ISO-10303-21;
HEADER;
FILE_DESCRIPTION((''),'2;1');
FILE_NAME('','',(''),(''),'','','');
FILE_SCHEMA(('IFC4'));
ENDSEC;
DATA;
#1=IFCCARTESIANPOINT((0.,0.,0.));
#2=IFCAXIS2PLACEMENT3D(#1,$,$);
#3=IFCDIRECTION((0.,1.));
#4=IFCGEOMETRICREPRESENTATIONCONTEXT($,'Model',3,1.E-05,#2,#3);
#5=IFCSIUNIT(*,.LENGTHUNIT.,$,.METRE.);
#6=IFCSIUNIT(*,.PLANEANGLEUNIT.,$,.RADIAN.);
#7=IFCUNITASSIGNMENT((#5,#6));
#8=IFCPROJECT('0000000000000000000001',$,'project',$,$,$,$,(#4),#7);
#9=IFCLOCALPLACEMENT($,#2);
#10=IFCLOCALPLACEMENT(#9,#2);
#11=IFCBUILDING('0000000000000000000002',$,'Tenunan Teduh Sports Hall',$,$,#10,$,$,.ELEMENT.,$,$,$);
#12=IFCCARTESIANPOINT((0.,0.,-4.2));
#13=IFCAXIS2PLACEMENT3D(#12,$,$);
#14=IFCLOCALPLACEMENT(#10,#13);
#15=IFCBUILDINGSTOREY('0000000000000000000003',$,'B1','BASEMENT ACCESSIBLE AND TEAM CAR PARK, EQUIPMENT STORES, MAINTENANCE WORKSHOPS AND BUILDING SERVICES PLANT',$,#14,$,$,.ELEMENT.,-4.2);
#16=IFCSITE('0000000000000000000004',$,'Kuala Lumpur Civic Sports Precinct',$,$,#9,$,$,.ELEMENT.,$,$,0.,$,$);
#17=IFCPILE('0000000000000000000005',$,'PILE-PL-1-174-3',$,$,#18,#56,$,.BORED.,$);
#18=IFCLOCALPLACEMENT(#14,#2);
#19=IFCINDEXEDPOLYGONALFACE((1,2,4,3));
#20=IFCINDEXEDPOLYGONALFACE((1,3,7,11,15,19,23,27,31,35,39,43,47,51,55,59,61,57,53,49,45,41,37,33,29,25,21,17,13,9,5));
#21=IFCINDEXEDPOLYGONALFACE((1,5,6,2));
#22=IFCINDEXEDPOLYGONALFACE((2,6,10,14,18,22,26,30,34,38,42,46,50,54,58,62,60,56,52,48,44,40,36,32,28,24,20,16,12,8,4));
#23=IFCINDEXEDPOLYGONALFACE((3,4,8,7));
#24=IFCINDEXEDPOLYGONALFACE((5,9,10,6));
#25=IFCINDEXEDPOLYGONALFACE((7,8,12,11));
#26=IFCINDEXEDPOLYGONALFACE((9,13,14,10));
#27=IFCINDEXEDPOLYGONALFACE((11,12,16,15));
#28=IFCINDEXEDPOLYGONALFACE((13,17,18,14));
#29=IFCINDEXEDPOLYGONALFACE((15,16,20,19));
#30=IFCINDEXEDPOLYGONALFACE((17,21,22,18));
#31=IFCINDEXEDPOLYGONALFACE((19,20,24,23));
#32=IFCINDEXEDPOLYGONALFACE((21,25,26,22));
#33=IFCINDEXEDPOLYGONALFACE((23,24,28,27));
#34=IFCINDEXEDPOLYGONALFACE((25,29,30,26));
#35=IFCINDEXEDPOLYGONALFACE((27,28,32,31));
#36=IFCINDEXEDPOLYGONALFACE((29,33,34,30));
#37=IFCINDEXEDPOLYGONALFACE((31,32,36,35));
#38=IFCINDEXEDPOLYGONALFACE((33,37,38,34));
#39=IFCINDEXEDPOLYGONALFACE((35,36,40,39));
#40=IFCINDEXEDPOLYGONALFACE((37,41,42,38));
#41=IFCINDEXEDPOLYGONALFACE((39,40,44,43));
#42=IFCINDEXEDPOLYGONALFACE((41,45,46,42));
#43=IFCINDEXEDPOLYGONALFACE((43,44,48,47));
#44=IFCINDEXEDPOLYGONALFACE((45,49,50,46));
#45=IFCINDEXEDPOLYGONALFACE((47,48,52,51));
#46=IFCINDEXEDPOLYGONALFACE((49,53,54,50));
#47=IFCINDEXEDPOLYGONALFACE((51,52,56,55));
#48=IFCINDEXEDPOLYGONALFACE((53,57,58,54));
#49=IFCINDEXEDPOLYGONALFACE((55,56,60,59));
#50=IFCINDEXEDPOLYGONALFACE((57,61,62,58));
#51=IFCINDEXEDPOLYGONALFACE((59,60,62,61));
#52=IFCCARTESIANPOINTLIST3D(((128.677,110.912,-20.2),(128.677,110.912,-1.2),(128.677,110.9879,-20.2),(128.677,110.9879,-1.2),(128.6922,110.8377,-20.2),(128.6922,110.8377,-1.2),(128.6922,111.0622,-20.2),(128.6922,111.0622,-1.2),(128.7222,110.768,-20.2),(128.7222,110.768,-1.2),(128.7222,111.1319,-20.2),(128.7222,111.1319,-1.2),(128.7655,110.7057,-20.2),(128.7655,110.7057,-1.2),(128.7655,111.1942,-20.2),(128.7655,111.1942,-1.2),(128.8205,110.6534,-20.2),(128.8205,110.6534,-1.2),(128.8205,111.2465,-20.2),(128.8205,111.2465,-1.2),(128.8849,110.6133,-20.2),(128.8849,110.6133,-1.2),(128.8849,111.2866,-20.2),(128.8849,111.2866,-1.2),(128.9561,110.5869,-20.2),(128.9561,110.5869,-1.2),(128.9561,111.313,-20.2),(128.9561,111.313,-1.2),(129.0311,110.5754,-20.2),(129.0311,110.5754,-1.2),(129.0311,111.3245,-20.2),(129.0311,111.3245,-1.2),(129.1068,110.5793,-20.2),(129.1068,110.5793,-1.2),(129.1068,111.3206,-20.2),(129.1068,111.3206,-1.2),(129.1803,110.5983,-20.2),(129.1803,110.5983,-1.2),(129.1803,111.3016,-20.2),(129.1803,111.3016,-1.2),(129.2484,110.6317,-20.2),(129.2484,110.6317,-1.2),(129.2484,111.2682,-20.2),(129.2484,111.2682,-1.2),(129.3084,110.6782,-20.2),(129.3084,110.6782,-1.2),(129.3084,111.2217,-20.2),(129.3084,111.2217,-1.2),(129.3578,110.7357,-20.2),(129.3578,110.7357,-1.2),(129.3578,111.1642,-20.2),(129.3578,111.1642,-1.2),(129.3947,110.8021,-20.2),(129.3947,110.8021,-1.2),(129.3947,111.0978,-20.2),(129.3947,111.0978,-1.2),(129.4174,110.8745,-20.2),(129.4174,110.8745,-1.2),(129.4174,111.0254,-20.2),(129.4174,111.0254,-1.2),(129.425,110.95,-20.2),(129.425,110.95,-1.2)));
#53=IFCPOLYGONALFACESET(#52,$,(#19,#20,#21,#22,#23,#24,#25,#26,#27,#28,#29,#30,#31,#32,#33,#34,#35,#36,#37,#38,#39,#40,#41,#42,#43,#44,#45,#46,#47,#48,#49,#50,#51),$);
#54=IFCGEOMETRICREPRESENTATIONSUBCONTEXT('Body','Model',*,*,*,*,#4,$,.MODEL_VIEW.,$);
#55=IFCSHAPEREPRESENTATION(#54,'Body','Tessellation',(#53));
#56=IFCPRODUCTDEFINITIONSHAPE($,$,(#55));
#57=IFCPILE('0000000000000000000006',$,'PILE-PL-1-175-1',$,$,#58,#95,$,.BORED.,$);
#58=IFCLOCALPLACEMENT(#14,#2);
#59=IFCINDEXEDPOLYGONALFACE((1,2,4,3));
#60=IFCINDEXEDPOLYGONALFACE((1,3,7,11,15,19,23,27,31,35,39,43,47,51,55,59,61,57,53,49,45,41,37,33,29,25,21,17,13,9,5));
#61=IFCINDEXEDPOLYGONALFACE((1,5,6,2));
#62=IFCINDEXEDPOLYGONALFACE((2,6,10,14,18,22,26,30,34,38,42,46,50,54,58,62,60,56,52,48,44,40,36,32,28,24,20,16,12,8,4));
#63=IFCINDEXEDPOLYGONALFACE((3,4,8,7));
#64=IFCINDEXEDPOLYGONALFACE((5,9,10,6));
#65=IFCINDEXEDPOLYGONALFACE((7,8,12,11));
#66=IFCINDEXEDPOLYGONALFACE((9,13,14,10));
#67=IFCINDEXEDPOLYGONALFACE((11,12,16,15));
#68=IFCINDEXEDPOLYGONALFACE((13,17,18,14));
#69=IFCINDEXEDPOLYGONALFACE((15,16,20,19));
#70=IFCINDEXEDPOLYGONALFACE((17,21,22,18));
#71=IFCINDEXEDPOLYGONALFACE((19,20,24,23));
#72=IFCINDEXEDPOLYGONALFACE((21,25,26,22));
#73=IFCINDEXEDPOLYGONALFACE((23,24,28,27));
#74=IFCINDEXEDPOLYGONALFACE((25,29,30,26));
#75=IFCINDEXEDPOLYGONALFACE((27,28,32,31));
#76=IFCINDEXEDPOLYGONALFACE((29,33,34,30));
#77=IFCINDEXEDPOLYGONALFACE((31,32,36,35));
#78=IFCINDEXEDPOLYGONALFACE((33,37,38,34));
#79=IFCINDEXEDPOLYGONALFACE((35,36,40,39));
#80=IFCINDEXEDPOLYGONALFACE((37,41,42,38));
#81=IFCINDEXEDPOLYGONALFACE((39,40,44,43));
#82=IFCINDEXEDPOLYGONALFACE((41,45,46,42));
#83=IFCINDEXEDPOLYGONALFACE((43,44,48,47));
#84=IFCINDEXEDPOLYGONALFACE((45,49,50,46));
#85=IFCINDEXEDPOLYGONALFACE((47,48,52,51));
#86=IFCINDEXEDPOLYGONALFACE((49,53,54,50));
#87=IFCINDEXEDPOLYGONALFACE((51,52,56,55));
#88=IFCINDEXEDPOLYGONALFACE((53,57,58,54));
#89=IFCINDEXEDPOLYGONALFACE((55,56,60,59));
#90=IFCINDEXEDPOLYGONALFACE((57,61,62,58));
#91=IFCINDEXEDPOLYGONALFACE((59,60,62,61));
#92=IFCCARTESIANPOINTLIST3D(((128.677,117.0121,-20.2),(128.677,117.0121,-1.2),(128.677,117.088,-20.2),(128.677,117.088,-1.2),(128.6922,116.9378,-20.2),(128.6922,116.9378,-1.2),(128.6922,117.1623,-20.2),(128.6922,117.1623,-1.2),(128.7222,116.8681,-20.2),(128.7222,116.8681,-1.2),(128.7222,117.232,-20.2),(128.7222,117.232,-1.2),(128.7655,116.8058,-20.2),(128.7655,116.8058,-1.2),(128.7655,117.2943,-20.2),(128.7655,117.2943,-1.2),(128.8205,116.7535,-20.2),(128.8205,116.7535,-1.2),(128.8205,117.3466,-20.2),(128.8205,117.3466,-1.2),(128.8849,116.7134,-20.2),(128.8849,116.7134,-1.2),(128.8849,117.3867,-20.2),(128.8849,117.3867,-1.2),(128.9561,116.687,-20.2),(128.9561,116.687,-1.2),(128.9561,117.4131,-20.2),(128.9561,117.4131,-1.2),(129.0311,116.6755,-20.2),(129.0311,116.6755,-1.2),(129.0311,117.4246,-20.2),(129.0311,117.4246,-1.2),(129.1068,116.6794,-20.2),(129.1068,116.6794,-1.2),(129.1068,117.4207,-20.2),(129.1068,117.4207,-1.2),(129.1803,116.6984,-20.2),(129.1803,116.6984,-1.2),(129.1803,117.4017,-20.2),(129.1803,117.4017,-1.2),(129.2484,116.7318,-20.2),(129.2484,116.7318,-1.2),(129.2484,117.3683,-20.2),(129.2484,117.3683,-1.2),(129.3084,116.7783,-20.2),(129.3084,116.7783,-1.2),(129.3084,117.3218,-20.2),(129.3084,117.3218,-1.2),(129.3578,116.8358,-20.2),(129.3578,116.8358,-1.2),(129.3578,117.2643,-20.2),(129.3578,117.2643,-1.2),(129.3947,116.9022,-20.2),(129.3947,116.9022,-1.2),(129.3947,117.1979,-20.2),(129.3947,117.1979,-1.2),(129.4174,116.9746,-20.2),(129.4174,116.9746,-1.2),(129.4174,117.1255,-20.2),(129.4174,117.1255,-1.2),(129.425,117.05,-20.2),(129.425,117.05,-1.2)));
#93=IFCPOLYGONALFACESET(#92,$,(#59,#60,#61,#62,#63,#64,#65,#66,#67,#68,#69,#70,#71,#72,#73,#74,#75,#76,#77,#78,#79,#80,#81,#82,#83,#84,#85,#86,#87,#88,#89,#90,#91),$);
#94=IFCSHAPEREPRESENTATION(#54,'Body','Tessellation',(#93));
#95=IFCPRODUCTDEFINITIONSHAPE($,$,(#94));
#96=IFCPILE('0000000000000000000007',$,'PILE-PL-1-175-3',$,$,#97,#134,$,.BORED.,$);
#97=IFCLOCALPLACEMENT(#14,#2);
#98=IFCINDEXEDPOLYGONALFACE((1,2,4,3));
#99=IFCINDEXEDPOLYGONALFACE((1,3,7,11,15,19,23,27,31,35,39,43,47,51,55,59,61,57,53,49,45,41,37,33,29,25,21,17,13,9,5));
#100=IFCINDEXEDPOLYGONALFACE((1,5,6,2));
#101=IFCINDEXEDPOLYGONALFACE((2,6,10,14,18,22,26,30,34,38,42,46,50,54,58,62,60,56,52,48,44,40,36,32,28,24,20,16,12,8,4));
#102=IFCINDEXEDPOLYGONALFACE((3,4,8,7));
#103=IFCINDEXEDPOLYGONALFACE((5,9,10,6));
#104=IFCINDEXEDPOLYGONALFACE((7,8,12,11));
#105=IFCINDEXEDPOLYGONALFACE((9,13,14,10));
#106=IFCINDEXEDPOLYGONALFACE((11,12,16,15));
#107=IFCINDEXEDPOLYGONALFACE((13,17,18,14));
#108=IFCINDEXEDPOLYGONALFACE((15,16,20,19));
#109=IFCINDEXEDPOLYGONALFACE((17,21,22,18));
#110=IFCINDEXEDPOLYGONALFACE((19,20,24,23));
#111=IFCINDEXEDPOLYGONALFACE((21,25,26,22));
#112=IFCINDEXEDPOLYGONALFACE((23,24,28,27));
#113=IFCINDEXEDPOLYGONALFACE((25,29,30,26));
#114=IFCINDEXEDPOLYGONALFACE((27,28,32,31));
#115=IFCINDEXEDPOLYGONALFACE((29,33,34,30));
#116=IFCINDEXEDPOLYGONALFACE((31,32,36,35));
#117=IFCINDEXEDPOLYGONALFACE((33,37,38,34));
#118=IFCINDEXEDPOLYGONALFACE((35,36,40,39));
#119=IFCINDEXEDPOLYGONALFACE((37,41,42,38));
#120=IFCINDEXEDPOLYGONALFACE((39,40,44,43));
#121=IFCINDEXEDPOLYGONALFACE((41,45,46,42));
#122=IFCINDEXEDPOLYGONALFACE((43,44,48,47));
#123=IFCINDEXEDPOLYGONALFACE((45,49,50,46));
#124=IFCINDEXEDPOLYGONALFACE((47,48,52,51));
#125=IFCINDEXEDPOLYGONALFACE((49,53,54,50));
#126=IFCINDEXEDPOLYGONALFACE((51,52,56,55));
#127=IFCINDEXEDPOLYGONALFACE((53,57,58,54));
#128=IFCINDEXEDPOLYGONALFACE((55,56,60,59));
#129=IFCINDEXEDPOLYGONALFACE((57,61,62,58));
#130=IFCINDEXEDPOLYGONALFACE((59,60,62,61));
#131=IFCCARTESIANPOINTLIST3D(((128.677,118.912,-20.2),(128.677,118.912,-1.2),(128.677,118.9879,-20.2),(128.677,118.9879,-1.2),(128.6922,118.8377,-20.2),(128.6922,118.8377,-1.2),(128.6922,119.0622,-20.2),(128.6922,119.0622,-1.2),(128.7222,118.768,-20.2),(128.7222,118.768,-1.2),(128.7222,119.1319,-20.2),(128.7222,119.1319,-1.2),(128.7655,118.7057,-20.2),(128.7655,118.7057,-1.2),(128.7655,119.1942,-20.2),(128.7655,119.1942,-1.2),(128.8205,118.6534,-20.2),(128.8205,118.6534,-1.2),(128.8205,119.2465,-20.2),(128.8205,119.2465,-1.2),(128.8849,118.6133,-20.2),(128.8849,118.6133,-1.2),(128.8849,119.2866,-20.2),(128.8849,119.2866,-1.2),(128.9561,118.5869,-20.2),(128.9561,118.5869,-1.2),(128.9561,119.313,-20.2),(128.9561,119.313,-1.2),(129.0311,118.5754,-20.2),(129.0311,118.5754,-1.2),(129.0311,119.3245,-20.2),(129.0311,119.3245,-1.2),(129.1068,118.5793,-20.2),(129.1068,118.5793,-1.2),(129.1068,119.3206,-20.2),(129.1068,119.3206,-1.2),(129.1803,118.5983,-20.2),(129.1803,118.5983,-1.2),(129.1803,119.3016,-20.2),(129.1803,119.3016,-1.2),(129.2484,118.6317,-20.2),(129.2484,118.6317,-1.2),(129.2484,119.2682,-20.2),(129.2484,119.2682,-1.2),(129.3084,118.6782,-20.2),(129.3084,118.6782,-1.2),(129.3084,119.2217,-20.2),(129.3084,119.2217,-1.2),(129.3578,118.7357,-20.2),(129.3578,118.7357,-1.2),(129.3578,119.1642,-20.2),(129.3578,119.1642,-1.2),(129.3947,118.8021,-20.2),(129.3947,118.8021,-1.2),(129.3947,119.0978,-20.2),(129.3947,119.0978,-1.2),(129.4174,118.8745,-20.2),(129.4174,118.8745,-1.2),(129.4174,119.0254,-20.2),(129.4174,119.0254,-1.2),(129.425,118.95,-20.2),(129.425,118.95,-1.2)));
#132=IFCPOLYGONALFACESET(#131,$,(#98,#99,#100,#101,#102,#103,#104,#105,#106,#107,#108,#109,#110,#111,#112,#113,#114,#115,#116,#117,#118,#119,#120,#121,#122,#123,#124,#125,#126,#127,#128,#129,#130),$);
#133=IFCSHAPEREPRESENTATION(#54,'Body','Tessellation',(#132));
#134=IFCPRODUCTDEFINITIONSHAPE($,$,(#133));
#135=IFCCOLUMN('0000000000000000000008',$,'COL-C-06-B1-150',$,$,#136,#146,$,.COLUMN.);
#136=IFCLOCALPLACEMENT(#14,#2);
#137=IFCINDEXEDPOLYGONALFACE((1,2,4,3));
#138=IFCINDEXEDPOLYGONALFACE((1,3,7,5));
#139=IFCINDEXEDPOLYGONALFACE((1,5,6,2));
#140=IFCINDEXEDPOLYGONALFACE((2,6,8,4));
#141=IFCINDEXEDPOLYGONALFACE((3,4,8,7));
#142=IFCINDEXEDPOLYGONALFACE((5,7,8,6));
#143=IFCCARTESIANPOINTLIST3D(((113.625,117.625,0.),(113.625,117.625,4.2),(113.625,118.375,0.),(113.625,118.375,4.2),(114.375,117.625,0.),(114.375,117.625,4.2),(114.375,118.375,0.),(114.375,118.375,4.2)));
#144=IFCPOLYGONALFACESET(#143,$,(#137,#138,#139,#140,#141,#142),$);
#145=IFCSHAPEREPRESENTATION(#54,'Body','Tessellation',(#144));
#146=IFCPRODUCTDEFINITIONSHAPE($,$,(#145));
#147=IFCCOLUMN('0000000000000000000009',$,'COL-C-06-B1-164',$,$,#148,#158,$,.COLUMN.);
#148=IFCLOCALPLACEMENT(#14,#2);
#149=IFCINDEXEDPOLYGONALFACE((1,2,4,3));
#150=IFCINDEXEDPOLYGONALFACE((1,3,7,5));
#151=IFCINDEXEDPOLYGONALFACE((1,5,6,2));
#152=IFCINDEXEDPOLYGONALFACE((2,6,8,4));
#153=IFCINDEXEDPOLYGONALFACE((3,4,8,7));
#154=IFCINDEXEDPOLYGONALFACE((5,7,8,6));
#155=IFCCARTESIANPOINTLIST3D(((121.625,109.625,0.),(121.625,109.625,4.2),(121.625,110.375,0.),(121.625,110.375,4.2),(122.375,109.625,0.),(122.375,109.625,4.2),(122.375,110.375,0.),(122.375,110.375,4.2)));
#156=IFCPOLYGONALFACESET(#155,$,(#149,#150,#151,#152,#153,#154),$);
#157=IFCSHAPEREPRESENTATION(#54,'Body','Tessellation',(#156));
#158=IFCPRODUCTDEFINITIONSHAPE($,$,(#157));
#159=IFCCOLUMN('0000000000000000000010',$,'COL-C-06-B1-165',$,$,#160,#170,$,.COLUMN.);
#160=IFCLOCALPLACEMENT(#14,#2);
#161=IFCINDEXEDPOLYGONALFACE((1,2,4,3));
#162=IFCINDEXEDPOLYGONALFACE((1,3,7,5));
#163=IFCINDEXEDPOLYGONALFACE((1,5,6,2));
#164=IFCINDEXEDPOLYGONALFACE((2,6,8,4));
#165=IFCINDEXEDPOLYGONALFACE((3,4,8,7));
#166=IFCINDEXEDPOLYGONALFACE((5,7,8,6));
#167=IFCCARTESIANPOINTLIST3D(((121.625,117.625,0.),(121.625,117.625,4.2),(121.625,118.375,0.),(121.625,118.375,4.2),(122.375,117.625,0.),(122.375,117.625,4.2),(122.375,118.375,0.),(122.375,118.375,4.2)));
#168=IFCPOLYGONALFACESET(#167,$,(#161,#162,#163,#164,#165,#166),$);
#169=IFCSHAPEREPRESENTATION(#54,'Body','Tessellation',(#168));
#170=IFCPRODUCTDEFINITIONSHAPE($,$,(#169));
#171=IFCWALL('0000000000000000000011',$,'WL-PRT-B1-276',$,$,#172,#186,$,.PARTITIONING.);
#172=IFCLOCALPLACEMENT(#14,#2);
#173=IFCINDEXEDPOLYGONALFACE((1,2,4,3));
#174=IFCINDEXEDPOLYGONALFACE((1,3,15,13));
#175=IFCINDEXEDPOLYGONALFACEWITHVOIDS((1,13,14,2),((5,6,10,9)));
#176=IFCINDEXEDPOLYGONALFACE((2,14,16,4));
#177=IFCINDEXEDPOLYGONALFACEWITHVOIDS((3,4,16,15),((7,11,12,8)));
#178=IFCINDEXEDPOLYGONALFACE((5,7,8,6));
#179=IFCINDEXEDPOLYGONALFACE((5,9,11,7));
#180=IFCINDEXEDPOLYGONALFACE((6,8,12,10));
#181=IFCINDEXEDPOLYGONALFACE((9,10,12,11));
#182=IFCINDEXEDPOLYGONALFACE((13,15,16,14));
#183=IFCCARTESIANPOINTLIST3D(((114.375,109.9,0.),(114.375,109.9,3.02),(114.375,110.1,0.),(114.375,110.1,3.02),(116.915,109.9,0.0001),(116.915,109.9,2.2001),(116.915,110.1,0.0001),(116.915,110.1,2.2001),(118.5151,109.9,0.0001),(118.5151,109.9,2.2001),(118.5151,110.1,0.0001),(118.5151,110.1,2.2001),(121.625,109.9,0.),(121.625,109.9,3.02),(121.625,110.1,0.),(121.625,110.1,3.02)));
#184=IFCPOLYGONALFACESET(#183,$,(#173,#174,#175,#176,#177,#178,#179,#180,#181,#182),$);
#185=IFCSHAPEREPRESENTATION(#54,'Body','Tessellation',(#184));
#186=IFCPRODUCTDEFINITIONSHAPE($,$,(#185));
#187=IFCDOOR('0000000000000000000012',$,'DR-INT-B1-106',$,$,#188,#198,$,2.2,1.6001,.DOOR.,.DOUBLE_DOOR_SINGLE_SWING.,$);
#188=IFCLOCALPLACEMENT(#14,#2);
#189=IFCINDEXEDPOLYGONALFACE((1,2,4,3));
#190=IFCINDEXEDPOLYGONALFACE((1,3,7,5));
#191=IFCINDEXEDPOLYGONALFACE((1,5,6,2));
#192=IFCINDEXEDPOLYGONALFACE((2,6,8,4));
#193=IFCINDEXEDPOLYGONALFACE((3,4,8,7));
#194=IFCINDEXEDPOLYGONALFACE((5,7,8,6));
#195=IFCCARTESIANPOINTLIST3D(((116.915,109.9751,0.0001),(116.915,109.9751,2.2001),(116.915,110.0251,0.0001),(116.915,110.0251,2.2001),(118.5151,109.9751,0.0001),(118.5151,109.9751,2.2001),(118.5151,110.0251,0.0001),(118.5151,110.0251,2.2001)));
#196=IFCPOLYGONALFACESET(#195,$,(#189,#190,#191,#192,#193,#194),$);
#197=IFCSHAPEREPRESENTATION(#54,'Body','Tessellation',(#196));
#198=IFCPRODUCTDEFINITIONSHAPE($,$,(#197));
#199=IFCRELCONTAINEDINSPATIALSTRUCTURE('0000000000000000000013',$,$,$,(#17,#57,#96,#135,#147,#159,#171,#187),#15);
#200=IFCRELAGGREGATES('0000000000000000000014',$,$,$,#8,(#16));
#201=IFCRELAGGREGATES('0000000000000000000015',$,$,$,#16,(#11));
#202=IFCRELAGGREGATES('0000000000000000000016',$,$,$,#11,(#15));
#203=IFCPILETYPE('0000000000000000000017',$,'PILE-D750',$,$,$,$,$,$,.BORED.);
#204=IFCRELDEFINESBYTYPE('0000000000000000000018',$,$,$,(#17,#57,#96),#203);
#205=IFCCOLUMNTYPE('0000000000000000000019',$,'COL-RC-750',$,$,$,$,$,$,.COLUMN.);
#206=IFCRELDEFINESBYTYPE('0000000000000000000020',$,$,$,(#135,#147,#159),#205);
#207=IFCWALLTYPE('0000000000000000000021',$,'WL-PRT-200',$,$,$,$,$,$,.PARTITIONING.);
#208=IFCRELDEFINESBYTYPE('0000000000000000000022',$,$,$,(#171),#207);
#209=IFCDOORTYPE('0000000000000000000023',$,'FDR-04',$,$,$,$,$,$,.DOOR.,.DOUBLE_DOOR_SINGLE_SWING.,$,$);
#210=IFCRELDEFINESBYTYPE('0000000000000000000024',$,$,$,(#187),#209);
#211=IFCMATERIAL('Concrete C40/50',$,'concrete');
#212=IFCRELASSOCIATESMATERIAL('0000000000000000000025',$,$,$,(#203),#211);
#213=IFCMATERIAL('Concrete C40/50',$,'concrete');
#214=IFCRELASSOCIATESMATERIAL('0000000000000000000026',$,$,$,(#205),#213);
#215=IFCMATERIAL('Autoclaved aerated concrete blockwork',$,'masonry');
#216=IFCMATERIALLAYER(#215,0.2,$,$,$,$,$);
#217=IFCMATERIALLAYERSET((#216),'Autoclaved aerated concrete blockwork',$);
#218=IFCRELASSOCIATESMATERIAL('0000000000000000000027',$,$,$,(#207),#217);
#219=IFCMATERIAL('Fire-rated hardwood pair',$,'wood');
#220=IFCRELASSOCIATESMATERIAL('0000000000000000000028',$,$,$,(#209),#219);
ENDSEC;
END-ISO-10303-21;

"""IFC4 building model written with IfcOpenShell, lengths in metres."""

from ifc_helpers import new_model, si_unit, direction, frame, frame_2d, origin, origin_2d, place, context, subcontext, project, spatial, rectangle, circle, extrude, material, layer, layer_set, material_profile, profile_set, type_object, element, fill, save


model = new_model("IFC4")

# Units and contexts
model_context = context("Model", 3, precision=1e-05, world=origin(), true_north=direction((0.0, 1.0)))
body_context = subcontext(model_context, "Body", "Model", "MODEL_VIEW")
ifc_project = project(units=[si_unit("LENGTHUNIT", "METRE"), si_unit("PLANEANGLEUNIT", "RADIAN")], contexts=[model_context])

# Site, building, storey
site_placement = place(None, origin())
site = spatial("IfcSite", under=ifc_project, at=site_placement, Name="Kuala Lumpur Civic Sports Precinct", CompositionType="ELEMENT", RefElevation=0.0)
building_placement = place(site_placement, origin())
building = spatial("IfcBuilding", under=site, at=building_placement, Name="Tenunan Teduh Sports Hall", CompositionType="ELEMENT")
storey_placement = place(building_placement, frame((0.0, 0.0, -4.2)))
storey = spatial("IfcBuildingStorey", under=building, at=storey_placement, Name="B1", Description="BASEMENT ACCESSIBLE AND TEAM CAR PARK, EQUIPMENT STORES, MAINTENANCE WORKSHOPS AND BUILDING SERVICES PLANT", CompositionType="ELEMENT", Elevation=-4.2)

# Piles
ifc_material_1 = material(Name="Concrete C40/50", Category="concrete")
ifc_material_profile_1 = material_profile(ifc_material_1, circle(Radius=0.375, at=origin_2d()), Name="PILE D750")
ifc_profile_set_1 = profile_set([ifc_material_profile_1], Name="Concrete C40/50")
pile_type = type_object("IfcPileType", Name="PILE-D750", PredefinedType="BORED", material=ifc_profile_set_1)
for number, where, z_axis, x_axis, name in (
    (1, (129.05, 110.95, -1.2), (0.0, 0.0, -1.0), (1.0, 0.0, 0.0), "PILE-PL-1-174-3"),
    (2, (129.05, 117.05, -1.2), (0.0, 0.0, -1.0), (1.0, 0.0, 0.0), "PILE-PL-1-175-1"),
    (3, (129.05, 118.95, -1.2), (0.0, 0.0, -1.0), (1.0, 0.0, 0.0), "PILE-PL-1-175-3"),
):
    element("IfcPile", number, at=place(storey_placement, frame(where, z_axis=z_axis, x_axis=x_axis)), inside=storey, type_object=pile_type, Name=name, PredefinedType="BORED", context=body_context, shape_type="SweptSolid", body=[
        extrude(circle(Radius=0.375, at=origin_2d()), origin(), (0.0, 0.0, 1.0), 19.0),
    ])

# Columns
ifc_material_2 = material(Name="Concrete C40/50", Category="concrete")
ifc_material_profile_2 = material_profile(ifc_material_2, rectangle(XDim=0.75, YDim=0.75, at=origin_2d()), Name="RC 750x750")
ifc_profile_set_2 = profile_set([ifc_material_profile_2], Name="Concrete C40/50")
column_type = type_object("IfcColumnType", Name="COL-RC-750", PredefinedType="COLUMN", material=ifc_profile_set_2)
for number, where, z_axis, x_axis, name in (
    (4, (114.0, 118.0, 0.0), (0.0, 0.0, 1.0), (1.0, 0.0, 0.0), "COL-C-06-B1-150"),
    (5, (122.0, 110.0, 0.0), (0.0, 0.0, 1.0), (1.0, 0.0, 0.0), "COL-C-06-B1-164"),
    (6, (122.0, 118.0, 0.0), (0.0, 0.0, 1.0), (1.0, 0.0, 0.0), "COL-C-06-B1-165"),
):
    element("IfcColumn", number, at=place(storey_placement, frame(where, z_axis=z_axis, x_axis=x_axis)), inside=storey, type_object=column_type, Name=name, PredefinedType="COLUMN", context=body_context, shape_type="SweptSolid", body=[
        extrude(rectangle(XDim=0.75, YDim=0.75, at=origin_2d()), origin(), (0.0, 0.0, 1.0), 4.2),
    ])

# Wall, opening, door
ifc_material_3 = material(Name="Autoclaved aerated concrete blockwork", Category="masonry")
ifc_layer_1 = layer(ifc_material_3, 0.2)
ifc_layer_set_1 = layer_set([ifc_layer_1], Name="Autoclaved aerated concrete blockwork")
wall_type_1 = type_object("IfcWallType", Name="WL-PRT-200", PredefinedType="PARTITIONING", material=ifc_layer_set_1)
wall_1_placement = place(storey_placement, frame((114.375, 110.0, 0.0), z_axis=(0.0, 0.0, 1.0), x_axis=(1.0, 0.0, 0.0)))
wall_1 = element("IfcWall", 7, at=wall_1_placement, inside=storey, type_object=wall_type_1, Name="WL-PRT-B1-276", PredefinedType="PARTITIONING", context=body_context, shape_type="SweptSolid", body=[
    extrude(rectangle(XDim=7.25, YDim=0.2, at=frame_2d((3.625, 0.0))), origin(), (0.0, 0.0, 1.0), 3.02),
])
opening_placement = place(wall_1_placement, frame((2.54, 0.0, 0.0)))
opening = element("IfcOpeningElement", 8, at=opening_placement, cuts=wall_1, PredefinedType="OPENING", context=body_context, shape_type="SweptSolid", body=[
    extrude(rectangle(XDim=1.6001, YDim=2.2, at=frame_2d((0.8, 1.1001))), frame((0.0, 0.1099, 0.0), z_axis=(0.0, -1.0, 0.0), x_axis=(1.0, 0.0, 0.0)), (0.0, 0.0, 1.0), 0.22),
])
ifc_material_4 = material(Name="Fire-rated hardwood pair", Category="wood")
door_type = type_object("IfcDoorType", Name="FDR-04", OperationType="DOUBLE_DOOR_SINGLE_SWING", PredefinedType="DOOR", material=ifc_material_4)
door_placement = place(opening_placement, frame((1.6001, 0.0, 0.0), z_axis=(0.0, 0.0, 1.0), x_axis=(-1.0, 0.0, 0.0)))
door = element("IfcDoor", 9, at=door_placement, inside=storey, type_object=door_type, Name="DR-INT-B1-106", OperationType="DOUBLE_DOOR_SINGLE_SWING", OverallHeight=2.2, OverallWidth=1.6001, PredefinedType="DOOR", context=body_context, shape_type="SweptSolid", body=[
    extrude(rectangle(XDim=1.6001, YDim=2.2, at=frame_2d((0.8, 1.1001))), frame((0.0, 0.0249, 0.0), z_axis=(0.0, -1.0, 0.0), x_axis=(1.0, 0.0, 0.0)), (0.0, 0.0, 1.0), 0.05),
])
fill(opening, door)

save(model, "model.ifc")
